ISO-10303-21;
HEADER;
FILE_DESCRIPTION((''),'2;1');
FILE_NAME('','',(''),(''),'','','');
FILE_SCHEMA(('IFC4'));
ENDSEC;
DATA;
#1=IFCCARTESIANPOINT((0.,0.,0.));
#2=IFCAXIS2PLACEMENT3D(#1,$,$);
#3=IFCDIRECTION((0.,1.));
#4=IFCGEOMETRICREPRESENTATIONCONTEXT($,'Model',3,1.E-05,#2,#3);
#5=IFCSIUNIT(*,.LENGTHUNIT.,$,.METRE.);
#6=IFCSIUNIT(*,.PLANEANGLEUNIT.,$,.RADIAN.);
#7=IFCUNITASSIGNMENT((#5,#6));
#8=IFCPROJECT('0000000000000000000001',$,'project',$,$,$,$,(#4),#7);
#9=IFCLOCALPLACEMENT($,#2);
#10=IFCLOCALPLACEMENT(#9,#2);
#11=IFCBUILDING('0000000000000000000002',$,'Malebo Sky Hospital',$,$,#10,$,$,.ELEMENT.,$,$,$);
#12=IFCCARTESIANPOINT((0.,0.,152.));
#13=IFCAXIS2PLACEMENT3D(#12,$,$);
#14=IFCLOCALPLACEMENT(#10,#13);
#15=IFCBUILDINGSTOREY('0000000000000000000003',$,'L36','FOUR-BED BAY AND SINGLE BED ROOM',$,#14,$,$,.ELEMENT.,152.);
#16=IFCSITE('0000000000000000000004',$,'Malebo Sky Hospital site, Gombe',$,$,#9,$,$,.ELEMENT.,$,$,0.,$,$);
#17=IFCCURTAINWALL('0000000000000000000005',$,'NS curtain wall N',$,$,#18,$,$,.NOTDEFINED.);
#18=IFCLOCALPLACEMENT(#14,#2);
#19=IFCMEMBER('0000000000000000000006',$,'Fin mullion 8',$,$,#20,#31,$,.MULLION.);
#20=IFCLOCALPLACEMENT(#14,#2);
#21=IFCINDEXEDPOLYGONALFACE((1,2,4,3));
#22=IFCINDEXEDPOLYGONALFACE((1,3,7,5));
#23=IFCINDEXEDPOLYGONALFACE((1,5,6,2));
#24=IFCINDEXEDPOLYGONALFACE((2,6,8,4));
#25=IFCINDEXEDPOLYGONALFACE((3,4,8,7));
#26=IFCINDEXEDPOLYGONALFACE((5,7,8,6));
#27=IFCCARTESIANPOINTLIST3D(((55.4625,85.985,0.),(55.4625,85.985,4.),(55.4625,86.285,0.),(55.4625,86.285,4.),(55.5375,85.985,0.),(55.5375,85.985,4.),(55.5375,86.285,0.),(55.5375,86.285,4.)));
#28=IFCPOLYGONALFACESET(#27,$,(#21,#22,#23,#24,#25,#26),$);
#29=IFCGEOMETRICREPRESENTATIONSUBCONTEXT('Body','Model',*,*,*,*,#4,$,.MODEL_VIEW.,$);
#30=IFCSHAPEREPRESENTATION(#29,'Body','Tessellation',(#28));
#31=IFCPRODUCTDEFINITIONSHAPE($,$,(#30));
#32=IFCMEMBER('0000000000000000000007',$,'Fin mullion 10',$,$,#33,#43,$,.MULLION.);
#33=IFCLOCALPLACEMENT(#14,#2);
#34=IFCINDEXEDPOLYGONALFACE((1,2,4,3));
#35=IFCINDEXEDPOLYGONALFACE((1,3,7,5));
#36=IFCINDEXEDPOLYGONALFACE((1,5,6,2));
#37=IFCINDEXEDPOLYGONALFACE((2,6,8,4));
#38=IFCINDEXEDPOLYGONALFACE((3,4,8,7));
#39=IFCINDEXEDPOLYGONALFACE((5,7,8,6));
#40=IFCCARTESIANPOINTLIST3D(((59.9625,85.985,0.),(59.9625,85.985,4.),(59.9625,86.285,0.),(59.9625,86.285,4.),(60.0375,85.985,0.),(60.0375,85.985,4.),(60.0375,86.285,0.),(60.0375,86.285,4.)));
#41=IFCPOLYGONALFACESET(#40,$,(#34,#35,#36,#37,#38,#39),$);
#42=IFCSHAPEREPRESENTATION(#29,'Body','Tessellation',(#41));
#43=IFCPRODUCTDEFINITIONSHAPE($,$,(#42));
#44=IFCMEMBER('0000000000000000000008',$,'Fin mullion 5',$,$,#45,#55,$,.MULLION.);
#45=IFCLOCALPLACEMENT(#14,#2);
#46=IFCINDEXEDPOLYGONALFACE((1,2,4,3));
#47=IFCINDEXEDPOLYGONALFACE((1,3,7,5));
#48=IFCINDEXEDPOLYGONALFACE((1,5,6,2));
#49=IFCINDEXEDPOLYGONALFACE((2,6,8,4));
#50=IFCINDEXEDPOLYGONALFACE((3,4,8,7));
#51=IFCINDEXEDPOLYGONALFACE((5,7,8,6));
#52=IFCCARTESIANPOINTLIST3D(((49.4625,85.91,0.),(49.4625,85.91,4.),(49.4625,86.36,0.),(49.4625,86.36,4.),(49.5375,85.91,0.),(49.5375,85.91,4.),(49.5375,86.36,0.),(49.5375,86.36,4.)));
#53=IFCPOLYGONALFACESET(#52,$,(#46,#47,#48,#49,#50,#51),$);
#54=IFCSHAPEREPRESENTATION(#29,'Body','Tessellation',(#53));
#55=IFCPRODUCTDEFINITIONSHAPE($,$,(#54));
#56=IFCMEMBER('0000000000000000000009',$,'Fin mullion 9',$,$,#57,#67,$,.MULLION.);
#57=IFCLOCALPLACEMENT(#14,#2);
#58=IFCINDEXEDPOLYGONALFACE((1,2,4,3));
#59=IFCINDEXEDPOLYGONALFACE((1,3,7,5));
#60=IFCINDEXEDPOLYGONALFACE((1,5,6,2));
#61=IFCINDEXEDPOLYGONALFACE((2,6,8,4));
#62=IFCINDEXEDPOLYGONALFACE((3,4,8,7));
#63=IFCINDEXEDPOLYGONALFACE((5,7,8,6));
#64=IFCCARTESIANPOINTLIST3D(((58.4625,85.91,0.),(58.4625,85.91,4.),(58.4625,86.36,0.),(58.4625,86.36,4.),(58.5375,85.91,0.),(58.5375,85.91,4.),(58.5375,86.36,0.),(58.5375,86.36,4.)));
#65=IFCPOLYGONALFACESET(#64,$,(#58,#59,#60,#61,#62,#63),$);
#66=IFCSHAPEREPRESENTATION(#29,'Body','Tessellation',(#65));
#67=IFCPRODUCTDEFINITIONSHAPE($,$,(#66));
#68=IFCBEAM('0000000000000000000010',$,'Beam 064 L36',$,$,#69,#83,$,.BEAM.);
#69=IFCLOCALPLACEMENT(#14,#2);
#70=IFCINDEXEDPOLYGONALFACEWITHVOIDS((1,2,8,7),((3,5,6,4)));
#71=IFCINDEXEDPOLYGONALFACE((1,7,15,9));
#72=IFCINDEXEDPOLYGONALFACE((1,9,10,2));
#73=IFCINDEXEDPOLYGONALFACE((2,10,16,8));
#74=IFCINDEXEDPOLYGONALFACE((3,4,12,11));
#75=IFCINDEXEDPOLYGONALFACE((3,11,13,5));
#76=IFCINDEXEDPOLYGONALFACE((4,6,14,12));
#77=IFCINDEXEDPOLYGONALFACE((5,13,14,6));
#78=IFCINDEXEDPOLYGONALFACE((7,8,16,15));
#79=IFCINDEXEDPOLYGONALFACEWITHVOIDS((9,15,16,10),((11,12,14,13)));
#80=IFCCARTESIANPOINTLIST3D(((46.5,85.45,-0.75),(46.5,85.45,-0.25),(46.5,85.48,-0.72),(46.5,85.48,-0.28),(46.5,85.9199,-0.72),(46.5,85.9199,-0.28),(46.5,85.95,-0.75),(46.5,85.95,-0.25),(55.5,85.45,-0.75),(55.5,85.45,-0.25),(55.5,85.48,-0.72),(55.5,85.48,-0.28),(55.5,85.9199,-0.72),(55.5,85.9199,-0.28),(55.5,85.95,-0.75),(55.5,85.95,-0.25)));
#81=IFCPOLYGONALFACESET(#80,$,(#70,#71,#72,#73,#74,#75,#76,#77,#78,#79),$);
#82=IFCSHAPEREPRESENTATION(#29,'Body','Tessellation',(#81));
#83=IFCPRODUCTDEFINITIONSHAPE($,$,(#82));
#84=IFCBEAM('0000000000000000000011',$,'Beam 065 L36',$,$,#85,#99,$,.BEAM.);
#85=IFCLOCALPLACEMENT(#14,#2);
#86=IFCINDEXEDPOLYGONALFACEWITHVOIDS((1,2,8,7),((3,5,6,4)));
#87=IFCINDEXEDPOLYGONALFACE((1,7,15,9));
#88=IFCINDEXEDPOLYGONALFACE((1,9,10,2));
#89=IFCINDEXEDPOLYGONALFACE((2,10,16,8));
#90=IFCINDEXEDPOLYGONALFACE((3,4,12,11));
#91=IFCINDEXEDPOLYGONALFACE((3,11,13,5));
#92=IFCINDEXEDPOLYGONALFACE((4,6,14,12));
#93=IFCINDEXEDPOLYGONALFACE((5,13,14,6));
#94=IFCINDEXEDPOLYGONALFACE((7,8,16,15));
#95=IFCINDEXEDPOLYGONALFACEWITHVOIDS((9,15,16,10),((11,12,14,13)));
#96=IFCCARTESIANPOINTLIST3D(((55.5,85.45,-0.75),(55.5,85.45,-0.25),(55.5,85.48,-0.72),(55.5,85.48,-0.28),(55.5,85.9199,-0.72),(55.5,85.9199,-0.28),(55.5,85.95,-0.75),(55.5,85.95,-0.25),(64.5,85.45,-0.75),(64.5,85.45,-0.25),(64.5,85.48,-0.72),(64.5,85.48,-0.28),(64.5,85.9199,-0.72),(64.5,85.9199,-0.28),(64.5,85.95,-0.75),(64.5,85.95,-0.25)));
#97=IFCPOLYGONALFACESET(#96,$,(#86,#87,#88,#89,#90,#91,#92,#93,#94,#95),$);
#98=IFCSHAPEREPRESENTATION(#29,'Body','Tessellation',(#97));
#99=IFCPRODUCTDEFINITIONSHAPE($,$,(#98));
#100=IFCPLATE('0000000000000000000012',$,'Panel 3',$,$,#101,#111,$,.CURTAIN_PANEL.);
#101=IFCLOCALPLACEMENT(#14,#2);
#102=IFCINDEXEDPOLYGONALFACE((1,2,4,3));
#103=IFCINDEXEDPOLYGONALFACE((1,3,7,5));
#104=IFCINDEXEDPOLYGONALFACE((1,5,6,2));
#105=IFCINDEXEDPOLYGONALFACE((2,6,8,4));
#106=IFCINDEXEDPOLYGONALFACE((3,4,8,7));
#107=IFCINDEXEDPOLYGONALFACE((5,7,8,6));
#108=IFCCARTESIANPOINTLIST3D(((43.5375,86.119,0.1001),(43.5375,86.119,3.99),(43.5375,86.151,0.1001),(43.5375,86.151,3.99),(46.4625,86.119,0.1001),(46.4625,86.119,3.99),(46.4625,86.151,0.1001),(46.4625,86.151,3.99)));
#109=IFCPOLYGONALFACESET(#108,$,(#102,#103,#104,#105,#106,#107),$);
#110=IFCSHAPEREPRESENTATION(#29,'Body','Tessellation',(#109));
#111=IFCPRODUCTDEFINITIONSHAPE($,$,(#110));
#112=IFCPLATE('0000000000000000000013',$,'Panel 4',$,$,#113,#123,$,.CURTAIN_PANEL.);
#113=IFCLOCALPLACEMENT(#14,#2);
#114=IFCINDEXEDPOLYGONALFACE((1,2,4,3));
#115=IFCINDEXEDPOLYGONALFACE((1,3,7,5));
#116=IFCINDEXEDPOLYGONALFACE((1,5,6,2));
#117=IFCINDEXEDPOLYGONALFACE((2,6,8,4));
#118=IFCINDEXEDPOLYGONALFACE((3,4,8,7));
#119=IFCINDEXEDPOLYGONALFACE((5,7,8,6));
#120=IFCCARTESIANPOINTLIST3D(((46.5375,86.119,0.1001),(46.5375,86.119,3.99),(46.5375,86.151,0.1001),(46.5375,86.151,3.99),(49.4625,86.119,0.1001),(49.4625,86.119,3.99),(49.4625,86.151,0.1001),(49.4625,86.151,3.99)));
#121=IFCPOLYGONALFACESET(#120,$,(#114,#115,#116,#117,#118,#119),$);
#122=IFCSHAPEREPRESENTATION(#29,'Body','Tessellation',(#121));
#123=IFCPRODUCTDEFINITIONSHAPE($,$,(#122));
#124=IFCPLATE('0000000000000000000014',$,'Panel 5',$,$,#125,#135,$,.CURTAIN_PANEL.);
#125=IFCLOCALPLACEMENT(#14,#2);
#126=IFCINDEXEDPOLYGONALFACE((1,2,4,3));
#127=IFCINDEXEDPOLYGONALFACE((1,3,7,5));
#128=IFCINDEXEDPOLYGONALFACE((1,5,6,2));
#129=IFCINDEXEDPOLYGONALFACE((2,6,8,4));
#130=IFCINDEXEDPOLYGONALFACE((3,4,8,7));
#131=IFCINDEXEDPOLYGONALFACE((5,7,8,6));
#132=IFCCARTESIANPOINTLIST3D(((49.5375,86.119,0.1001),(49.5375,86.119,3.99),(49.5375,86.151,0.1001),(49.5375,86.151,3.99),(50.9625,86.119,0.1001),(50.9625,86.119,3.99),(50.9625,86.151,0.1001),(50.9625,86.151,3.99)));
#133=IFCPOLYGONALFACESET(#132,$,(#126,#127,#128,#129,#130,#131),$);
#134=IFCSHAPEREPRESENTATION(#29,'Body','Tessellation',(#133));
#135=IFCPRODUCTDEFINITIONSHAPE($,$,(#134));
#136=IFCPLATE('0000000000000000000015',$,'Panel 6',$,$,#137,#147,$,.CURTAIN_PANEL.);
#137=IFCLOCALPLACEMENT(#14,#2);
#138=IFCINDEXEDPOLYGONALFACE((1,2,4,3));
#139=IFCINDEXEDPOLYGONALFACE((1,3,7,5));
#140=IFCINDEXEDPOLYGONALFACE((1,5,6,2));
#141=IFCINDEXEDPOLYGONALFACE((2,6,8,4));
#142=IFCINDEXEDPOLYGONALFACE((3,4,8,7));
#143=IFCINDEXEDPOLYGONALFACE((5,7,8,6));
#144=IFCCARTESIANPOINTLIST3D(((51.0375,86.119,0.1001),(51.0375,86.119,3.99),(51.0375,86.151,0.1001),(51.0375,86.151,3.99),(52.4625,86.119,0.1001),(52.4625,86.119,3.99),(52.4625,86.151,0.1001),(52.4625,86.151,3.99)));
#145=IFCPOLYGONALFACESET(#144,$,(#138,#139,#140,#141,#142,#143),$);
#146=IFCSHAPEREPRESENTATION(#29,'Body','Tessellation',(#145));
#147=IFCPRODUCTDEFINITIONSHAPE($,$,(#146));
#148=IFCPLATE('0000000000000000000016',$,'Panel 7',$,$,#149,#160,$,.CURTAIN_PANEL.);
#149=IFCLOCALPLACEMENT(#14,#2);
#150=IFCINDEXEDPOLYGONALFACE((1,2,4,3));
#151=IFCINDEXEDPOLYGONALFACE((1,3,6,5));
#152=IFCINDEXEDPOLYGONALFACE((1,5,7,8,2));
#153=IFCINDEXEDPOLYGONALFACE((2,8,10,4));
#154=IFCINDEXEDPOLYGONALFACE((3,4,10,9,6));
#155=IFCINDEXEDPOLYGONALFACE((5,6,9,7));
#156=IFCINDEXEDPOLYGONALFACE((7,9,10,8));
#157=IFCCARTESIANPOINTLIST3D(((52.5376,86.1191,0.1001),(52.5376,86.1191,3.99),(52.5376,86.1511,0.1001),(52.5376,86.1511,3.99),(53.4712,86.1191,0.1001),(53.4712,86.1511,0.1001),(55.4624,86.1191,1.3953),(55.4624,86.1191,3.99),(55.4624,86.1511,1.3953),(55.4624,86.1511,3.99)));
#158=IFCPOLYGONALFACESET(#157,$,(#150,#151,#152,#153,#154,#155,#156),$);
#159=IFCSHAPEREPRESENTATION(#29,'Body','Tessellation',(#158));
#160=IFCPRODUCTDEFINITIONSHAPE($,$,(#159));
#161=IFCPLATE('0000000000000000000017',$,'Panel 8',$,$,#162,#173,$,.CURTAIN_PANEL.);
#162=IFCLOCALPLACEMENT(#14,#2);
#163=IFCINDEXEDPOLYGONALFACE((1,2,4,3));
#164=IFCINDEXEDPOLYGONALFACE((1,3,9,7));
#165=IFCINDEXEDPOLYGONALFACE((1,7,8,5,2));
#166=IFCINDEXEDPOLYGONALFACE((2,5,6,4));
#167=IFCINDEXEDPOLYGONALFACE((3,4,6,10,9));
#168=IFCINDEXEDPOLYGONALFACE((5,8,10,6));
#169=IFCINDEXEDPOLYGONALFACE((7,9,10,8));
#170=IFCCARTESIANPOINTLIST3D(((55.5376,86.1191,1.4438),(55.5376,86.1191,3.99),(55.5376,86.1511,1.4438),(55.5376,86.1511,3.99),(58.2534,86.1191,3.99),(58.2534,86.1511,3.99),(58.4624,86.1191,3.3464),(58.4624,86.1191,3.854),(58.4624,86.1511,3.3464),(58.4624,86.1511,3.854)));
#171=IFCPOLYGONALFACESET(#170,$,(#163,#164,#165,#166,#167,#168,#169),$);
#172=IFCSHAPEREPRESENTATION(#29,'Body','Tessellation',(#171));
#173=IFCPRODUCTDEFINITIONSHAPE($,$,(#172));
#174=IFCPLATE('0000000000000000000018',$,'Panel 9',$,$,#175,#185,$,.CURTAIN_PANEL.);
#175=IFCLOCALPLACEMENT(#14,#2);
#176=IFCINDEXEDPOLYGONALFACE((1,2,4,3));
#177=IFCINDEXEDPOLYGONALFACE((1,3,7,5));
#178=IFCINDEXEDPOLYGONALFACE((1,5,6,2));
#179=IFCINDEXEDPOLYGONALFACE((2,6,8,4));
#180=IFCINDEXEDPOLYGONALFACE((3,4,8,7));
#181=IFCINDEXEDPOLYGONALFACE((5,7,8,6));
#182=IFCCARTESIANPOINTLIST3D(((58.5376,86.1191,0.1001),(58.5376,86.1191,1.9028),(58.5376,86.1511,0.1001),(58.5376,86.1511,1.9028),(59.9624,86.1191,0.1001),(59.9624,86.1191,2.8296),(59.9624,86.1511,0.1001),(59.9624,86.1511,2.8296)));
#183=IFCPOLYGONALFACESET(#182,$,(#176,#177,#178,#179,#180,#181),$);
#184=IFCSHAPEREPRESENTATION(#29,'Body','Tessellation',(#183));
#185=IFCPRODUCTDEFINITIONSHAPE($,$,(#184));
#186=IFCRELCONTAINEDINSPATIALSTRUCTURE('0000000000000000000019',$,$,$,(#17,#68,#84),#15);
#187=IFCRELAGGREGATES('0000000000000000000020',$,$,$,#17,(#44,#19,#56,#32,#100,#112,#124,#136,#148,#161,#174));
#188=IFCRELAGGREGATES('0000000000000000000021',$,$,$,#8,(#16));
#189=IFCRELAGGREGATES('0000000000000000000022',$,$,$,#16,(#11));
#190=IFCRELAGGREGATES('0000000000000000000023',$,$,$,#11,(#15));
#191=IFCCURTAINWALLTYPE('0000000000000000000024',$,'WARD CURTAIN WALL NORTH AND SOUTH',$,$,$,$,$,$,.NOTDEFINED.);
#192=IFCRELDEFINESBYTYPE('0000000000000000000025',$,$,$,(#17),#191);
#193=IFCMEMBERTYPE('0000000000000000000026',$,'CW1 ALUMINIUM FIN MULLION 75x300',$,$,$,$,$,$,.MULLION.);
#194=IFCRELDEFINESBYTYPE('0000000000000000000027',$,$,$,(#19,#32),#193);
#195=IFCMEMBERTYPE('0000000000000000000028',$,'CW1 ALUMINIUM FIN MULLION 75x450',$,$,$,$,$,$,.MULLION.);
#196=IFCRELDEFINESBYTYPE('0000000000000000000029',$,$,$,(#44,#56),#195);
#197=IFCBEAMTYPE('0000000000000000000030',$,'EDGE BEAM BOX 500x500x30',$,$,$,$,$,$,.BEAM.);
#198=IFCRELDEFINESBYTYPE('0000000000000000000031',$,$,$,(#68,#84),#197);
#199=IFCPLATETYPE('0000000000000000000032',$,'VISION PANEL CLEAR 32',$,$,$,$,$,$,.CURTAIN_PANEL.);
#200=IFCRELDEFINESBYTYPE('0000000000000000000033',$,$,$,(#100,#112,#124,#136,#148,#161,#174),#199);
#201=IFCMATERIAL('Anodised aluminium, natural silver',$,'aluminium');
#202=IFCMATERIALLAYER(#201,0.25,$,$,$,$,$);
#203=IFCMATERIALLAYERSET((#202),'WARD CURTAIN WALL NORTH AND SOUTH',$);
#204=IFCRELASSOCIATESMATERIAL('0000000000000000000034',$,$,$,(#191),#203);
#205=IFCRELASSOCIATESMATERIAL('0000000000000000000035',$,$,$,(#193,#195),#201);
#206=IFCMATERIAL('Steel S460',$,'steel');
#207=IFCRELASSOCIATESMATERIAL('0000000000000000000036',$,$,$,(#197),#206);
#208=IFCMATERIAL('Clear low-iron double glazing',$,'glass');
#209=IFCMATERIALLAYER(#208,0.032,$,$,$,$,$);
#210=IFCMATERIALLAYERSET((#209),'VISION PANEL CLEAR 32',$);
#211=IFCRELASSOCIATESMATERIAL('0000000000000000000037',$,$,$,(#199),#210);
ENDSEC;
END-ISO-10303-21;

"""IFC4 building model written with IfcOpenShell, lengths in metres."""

from ifc_helpers import new_model, si_unit, direction, frame, origin, origin_2d, place, context, subcontext, project, spatial, polyline, rectangle, hollow_rectangle, outline, extrude, material, layer, layer_set, material_profile, profile_set, type_object, element, aggregate, save


model = new_model("IFC4")

# Units and contexts
model_context = context("Model", 3, precision=1e-05, world=origin(), true_north=direction((0.0, 1.0)))
body_context = subcontext(model_context, "Body", "Model", "MODEL_VIEW")
ifc_project = project(units=[si_unit("LENGTHUNIT", "METRE"), si_unit("PLANEANGLEUNIT", "RADIAN")], contexts=[model_context])

# Site, building, storey
site_placement = place(None, origin())
site = spatial("IfcSite", under=ifc_project, at=site_placement, Name="Malebo Sky Hospital site, Gombe", CompositionType="ELEMENT", RefElevation=0.0)
building_placement = place(site_placement, origin())
building = spatial("IfcBuilding", under=site, at=building_placement, Name="Malebo Sky Hospital", CompositionType="ELEMENT")
storey_placement = place(building_placement, frame((0.0, 0.0, 152.0)))
storey = spatial("IfcBuildingStorey", under=building, at=storey_placement, Name="L36", Description="FOUR-BED BAY AND SINGLE BED ROOM", CompositionType="ELEMENT", Elevation=152.0)

# Shared definitions
ifc_material_1 = material(Name="Steel S460", Category="steel")

# Curtain wall
ifc_material_2 = material(Name="Anodised aluminium, natural silver", Category="aluminium")
ifc_layer_1 = layer(ifc_material_2, 0.25)
ifc_layer_set_1 = layer_set([ifc_layer_1], Name="WARD CURTAIN WALL NORTH AND SOUTH")
curtain_wall_type = type_object("IfcCurtainWallType", Name="WARD CURTAIN WALL NORTH AND SOUTH", PredefinedType="NOTDEFINED", material=ifc_layer_set_1)
curtain_wall_placement = place(storey_placement, origin())
curtain_wall = element("IfcCurtainWall", 1, at=curtain_wall_placement, inside=storey, type_object=curtain_wall_type, Name="NS curtain wall N", PredefinedType="NOTDEFINED")

# Members
ifc_material_profile_1 = material_profile(ifc_material_2, rectangle(XDim=0.075, YDim=0.3, at=origin_2d()), Name="CW1 ALUMINIUM FIN MULLION 75x300")
ifc_profile_set_1 = profile_set([ifc_material_profile_1], Name="Anodised aluminium, natural silver")
member_type_1 = type_object("IfcMemberType", Name="CW1 ALUMINIUM FIN MULLION 75x300", PredefinedType="MULLION", material=ifc_profile_set_1)
member_1_placement = place(storey_placement, frame((55.5, 86.135, 0.0), z_axis=(0.0, 0.0, 1.0), x_axis=(1.0, 0.0, 0.0)))
member_1 = element("IfcMember", 2, at=member_1_placement, type_object=member_type_1, Name="Fin mullion 8", PredefinedType="MULLION", context=body_context, shape_type="SweptSolid", body=[
    extrude(rectangle(XDim=0.075, YDim=0.3, at=origin_2d()), origin(), (0.0, 0.0, 1.0), 4.0),
])
member_2_placement = place(storey_placement, frame((60.0, 86.135, 0.0), z_axis=(0.0, 0.0, 1.0), x_axis=(1.0, 0.0, 0.0)))
member_2 = element("IfcMember", 3, at=member_2_placement, type_object=member_type_1, Name="Fin mullion 10", PredefinedType="MULLION", context=body_context, shape_type="SweptSolid", body=[
    extrude(rectangle(XDim=0.075, YDim=0.3, at=origin_2d()), origin(), (0.0, 0.0, 1.0), 4.0),
])
ifc_material_profile_2 = material_profile(ifc_material_2, rectangle(XDim=0.075, YDim=0.45, at=origin_2d()), Name="CW1 ALUMINIUM FIN MULLION 75x450")
ifc_profile_set_2 = profile_set([ifc_material_profile_2], Name="Anodised aluminium, natural silver")
member_type_2 = type_object("IfcMemberType", Name="CW1 ALUMINIUM FIN MULLION 75x450", PredefinedType="MULLION", material=ifc_profile_set_2)
member_3_placement = place(storey_placement, frame((49.5, 86.135, 0.0), z_axis=(0.0, 0.0, 1.0), x_axis=(1.0, 0.0, 0.0)))
member_3 = element("IfcMember", 4, at=member_3_placement, type_object=member_type_2, Name="Fin mullion 5", PredefinedType="MULLION", context=body_context, shape_type="SweptSolid", body=[
    extrude(rectangle(XDim=0.075, YDim=0.45, at=origin_2d()), origin(), (0.0, 0.0, 1.0), 4.0),
])
member_4_placement = place(storey_placement, frame((58.5, 86.135, 0.0), z_axis=(0.0, 0.0, 1.0), x_axis=(1.0, 0.0, 0.0)))
member_4 = element("IfcMember", 5, at=member_4_placement, type_object=member_type_2, Name="Fin mullion 9", PredefinedType="MULLION", context=body_context, shape_type="SweptSolid", body=[
    extrude(rectangle(XDim=0.075, YDim=0.45, at=origin_2d()), origin(), (0.0, 0.0, 1.0), 4.0),
])

# Beams
ifc_material_profile_3 = material_profile(ifc_material_1, hollow_rectangle(XDim=0.5, YDim=0.5, WallThickness=0.03, at=origin_2d()), Name="BOX 500x500x30")
ifc_profile_set_3 = profile_set([ifc_material_profile_3], Name="Steel S460")
beam_type = type_object("IfcBeamType", Name="EDGE BEAM BOX 500x500x30", PredefinedType="BEAM", material=ifc_profile_set_3)
for number, where, z_axis, x_axis, name in (
    (6, (46.5, 85.7, -0.5), (1.0, 0.0, 0.0), (0.0, 1.0, 0.0), "Beam 064 L36"),
    (7, (55.5, 85.7, -0.5), (1.0, 0.0, 0.0), (0.0, 1.0, 0.0), "Beam 065 L36"),
):
    element("IfcBeam", number, at=place(storey_placement, frame(where, z_axis=z_axis, x_axis=x_axis)), inside=storey, type_object=beam_type, Name=name, PredefinedType="BEAM", context=body_context, shape_type="SweptSolid", body=[
        extrude(hollow_rectangle(XDim=0.5, YDim=0.5, WallThickness=0.03, at=origin_2d()), origin(), (0.0, 0.0, 1.0), 9.0),
    ])

# Plates
ifc_material_3 = material(Name="Clear low-iron double glazing", Category="glass")
ifc_layer_2 = layer(ifc_material_3, 0.032)
ifc_layer_set_2 = layer_set([ifc_layer_2], Name="VISION PANEL CLEAR 32")
plate_type = type_object("IfcPlateType", Name="VISION PANEL CLEAR 32", PredefinedType="CURTAIN_PANEL", material=ifc_layer_set_2)
plate_1_placement = place(storey_placement, frame((45.0, 86.135, 0.1001), z_axis=(0.0, 0.0, 1.0), x_axis=(1.0, 0.0, 0.0)))
plate_1 = element("IfcPlate", 8, at=plate_1_placement, type_object=plate_type, Name="Panel 3", PredefinedType="CURTAIN_PANEL", context=body_context, shape_type="SweptSolid", body=[
    extrude(rectangle(XDim=2.925, YDim=0.032, at=origin_2d()), origin(), (0.0, 0.0, 1.0), 3.8899),
])
plate_2_placement = place(storey_placement, frame((48.0, 86.135, 0.1001), z_axis=(0.0, 0.0, 1.0), x_axis=(1.0, 0.0, 0.0)))
plate_2 = element("IfcPlate", 9, at=plate_2_placement, type_object=plate_type, Name="Panel 4", PredefinedType="CURTAIN_PANEL", context=body_context, shape_type="SweptSolid", body=[
    extrude(rectangle(XDim=2.925, YDim=0.032, at=origin_2d()), origin(), (0.0, 0.0, 1.0), 3.8899),
])
plate_3_placement = place(storey_placement, frame((50.25, 86.135, 0.1001), z_axis=(0.0, 0.0, 1.0), x_axis=(1.0, 0.0, 0.0)))
plate_3 = element("IfcPlate", 10, at=plate_3_placement, type_object=plate_type, Name="Panel 5", PredefinedType="CURTAIN_PANEL", context=body_context, shape_type="SweptSolid", body=[
    extrude(rectangle(XDim=1.425, YDim=0.032, at=origin_2d()), origin(), (0.0, 0.0, 1.0), 3.8899),
])
plate_4_placement = place(storey_placement, frame((51.75, 86.135, 0.1001), z_axis=(0.0, 0.0, 1.0), x_axis=(1.0, 0.0, 0.0)))
plate_4 = element("IfcPlate", 11, at=plate_4_placement, type_object=plate_type, Name="Panel 6", PredefinedType="CURTAIN_PANEL", context=body_context, shape_type="SweptSolid", body=[
    extrude(rectangle(XDim=1.425, YDim=0.032, at=origin_2d()), origin(), (0.0, 0.0, 1.0), 3.8899),
])
plate_5_placement = place(storey_placement, frame((54.0, 86.135, 0.1001), z_axis=(0.0, 0.0, 1.0), x_axis=(1.0, 0.0, 0.0)))
plate_5 = element("IfcPlate", 12, at=plate_5_placement, type_object=plate_type, Name="Panel 7", PredefinedType="CURTAIN_PANEL", context=body_context, shape_type="SweptSolid", body=[
    extrude(outline(polyline([(-1.4624, 0.0), (-0.5288, 0.0), (1.4624, 1.2952), (1.4624, 3.8899), (-1.4624, 3.8899), (-1.4624, 0.0)])), frame((0.0, 0.0161, 0.0), z_axis=(0.0, -1.0, 0.0), x_axis=(1.0, 0.0, 0.0)), (0.0, 0.0, 1.0), 0.032),
])
plate_6_placement = place(storey_placement, frame((57.0, 86.135, 1.4438), z_axis=(0.0, 0.0, 1.0), x_axis=(1.0, 0.0, 0.0)))
plate_6 = element("IfcPlate", 13, at=plate_6_placement, type_object=plate_type, Name="Panel 8", PredefinedType="CURTAIN_PANEL", context=body_context, shape_type="SweptSolid", body=[
    extrude(outline(polyline([(-1.4624, 0.0), (1.4624, 1.9026), (1.4624, 2.4102), (1.2534, 2.5461), (-1.4624, 2.5461), (-1.4624, 0.0)])), frame((0.0, 0.0161, 0.0), z_axis=(0.0, -1.0, 0.0), x_axis=(1.0, 0.0, 0.0)), (0.0, 0.0, 1.0), 0.032),
])
plate_7_placement = place(storey_placement, frame((59.25, 86.135, 0.1001), z_axis=(0.0, 0.0, 1.0), x_axis=(1.0, 0.0, 0.0)))
plate_7 = element("IfcPlate", 14, at=plate_7_placement, type_object=plate_type, Name="Panel 9", PredefinedType="CURTAIN_PANEL", context=body_context, shape_type="SweptSolid", body=[
    extrude(outline(polyline([(-0.7124, 0.0), (0.7124, 0.0), (0.7124, 2.7295), (-0.7124, 1.8027), (-0.7124, 0.0)])), frame((0.0, 0.0161, 0.0), z_axis=(0.0, -1.0, 0.0), x_axis=(1.0, 0.0, 0.0)), (0.0, 0.0, 1.0), 0.032),
])
aggregate(curtain_wall, [member_3, member_1, member_4, member_2, plate_1, plate_2, plate_3, plate_4, plate_5, plate_6, plate_7])

save(model, "model.ifc")
